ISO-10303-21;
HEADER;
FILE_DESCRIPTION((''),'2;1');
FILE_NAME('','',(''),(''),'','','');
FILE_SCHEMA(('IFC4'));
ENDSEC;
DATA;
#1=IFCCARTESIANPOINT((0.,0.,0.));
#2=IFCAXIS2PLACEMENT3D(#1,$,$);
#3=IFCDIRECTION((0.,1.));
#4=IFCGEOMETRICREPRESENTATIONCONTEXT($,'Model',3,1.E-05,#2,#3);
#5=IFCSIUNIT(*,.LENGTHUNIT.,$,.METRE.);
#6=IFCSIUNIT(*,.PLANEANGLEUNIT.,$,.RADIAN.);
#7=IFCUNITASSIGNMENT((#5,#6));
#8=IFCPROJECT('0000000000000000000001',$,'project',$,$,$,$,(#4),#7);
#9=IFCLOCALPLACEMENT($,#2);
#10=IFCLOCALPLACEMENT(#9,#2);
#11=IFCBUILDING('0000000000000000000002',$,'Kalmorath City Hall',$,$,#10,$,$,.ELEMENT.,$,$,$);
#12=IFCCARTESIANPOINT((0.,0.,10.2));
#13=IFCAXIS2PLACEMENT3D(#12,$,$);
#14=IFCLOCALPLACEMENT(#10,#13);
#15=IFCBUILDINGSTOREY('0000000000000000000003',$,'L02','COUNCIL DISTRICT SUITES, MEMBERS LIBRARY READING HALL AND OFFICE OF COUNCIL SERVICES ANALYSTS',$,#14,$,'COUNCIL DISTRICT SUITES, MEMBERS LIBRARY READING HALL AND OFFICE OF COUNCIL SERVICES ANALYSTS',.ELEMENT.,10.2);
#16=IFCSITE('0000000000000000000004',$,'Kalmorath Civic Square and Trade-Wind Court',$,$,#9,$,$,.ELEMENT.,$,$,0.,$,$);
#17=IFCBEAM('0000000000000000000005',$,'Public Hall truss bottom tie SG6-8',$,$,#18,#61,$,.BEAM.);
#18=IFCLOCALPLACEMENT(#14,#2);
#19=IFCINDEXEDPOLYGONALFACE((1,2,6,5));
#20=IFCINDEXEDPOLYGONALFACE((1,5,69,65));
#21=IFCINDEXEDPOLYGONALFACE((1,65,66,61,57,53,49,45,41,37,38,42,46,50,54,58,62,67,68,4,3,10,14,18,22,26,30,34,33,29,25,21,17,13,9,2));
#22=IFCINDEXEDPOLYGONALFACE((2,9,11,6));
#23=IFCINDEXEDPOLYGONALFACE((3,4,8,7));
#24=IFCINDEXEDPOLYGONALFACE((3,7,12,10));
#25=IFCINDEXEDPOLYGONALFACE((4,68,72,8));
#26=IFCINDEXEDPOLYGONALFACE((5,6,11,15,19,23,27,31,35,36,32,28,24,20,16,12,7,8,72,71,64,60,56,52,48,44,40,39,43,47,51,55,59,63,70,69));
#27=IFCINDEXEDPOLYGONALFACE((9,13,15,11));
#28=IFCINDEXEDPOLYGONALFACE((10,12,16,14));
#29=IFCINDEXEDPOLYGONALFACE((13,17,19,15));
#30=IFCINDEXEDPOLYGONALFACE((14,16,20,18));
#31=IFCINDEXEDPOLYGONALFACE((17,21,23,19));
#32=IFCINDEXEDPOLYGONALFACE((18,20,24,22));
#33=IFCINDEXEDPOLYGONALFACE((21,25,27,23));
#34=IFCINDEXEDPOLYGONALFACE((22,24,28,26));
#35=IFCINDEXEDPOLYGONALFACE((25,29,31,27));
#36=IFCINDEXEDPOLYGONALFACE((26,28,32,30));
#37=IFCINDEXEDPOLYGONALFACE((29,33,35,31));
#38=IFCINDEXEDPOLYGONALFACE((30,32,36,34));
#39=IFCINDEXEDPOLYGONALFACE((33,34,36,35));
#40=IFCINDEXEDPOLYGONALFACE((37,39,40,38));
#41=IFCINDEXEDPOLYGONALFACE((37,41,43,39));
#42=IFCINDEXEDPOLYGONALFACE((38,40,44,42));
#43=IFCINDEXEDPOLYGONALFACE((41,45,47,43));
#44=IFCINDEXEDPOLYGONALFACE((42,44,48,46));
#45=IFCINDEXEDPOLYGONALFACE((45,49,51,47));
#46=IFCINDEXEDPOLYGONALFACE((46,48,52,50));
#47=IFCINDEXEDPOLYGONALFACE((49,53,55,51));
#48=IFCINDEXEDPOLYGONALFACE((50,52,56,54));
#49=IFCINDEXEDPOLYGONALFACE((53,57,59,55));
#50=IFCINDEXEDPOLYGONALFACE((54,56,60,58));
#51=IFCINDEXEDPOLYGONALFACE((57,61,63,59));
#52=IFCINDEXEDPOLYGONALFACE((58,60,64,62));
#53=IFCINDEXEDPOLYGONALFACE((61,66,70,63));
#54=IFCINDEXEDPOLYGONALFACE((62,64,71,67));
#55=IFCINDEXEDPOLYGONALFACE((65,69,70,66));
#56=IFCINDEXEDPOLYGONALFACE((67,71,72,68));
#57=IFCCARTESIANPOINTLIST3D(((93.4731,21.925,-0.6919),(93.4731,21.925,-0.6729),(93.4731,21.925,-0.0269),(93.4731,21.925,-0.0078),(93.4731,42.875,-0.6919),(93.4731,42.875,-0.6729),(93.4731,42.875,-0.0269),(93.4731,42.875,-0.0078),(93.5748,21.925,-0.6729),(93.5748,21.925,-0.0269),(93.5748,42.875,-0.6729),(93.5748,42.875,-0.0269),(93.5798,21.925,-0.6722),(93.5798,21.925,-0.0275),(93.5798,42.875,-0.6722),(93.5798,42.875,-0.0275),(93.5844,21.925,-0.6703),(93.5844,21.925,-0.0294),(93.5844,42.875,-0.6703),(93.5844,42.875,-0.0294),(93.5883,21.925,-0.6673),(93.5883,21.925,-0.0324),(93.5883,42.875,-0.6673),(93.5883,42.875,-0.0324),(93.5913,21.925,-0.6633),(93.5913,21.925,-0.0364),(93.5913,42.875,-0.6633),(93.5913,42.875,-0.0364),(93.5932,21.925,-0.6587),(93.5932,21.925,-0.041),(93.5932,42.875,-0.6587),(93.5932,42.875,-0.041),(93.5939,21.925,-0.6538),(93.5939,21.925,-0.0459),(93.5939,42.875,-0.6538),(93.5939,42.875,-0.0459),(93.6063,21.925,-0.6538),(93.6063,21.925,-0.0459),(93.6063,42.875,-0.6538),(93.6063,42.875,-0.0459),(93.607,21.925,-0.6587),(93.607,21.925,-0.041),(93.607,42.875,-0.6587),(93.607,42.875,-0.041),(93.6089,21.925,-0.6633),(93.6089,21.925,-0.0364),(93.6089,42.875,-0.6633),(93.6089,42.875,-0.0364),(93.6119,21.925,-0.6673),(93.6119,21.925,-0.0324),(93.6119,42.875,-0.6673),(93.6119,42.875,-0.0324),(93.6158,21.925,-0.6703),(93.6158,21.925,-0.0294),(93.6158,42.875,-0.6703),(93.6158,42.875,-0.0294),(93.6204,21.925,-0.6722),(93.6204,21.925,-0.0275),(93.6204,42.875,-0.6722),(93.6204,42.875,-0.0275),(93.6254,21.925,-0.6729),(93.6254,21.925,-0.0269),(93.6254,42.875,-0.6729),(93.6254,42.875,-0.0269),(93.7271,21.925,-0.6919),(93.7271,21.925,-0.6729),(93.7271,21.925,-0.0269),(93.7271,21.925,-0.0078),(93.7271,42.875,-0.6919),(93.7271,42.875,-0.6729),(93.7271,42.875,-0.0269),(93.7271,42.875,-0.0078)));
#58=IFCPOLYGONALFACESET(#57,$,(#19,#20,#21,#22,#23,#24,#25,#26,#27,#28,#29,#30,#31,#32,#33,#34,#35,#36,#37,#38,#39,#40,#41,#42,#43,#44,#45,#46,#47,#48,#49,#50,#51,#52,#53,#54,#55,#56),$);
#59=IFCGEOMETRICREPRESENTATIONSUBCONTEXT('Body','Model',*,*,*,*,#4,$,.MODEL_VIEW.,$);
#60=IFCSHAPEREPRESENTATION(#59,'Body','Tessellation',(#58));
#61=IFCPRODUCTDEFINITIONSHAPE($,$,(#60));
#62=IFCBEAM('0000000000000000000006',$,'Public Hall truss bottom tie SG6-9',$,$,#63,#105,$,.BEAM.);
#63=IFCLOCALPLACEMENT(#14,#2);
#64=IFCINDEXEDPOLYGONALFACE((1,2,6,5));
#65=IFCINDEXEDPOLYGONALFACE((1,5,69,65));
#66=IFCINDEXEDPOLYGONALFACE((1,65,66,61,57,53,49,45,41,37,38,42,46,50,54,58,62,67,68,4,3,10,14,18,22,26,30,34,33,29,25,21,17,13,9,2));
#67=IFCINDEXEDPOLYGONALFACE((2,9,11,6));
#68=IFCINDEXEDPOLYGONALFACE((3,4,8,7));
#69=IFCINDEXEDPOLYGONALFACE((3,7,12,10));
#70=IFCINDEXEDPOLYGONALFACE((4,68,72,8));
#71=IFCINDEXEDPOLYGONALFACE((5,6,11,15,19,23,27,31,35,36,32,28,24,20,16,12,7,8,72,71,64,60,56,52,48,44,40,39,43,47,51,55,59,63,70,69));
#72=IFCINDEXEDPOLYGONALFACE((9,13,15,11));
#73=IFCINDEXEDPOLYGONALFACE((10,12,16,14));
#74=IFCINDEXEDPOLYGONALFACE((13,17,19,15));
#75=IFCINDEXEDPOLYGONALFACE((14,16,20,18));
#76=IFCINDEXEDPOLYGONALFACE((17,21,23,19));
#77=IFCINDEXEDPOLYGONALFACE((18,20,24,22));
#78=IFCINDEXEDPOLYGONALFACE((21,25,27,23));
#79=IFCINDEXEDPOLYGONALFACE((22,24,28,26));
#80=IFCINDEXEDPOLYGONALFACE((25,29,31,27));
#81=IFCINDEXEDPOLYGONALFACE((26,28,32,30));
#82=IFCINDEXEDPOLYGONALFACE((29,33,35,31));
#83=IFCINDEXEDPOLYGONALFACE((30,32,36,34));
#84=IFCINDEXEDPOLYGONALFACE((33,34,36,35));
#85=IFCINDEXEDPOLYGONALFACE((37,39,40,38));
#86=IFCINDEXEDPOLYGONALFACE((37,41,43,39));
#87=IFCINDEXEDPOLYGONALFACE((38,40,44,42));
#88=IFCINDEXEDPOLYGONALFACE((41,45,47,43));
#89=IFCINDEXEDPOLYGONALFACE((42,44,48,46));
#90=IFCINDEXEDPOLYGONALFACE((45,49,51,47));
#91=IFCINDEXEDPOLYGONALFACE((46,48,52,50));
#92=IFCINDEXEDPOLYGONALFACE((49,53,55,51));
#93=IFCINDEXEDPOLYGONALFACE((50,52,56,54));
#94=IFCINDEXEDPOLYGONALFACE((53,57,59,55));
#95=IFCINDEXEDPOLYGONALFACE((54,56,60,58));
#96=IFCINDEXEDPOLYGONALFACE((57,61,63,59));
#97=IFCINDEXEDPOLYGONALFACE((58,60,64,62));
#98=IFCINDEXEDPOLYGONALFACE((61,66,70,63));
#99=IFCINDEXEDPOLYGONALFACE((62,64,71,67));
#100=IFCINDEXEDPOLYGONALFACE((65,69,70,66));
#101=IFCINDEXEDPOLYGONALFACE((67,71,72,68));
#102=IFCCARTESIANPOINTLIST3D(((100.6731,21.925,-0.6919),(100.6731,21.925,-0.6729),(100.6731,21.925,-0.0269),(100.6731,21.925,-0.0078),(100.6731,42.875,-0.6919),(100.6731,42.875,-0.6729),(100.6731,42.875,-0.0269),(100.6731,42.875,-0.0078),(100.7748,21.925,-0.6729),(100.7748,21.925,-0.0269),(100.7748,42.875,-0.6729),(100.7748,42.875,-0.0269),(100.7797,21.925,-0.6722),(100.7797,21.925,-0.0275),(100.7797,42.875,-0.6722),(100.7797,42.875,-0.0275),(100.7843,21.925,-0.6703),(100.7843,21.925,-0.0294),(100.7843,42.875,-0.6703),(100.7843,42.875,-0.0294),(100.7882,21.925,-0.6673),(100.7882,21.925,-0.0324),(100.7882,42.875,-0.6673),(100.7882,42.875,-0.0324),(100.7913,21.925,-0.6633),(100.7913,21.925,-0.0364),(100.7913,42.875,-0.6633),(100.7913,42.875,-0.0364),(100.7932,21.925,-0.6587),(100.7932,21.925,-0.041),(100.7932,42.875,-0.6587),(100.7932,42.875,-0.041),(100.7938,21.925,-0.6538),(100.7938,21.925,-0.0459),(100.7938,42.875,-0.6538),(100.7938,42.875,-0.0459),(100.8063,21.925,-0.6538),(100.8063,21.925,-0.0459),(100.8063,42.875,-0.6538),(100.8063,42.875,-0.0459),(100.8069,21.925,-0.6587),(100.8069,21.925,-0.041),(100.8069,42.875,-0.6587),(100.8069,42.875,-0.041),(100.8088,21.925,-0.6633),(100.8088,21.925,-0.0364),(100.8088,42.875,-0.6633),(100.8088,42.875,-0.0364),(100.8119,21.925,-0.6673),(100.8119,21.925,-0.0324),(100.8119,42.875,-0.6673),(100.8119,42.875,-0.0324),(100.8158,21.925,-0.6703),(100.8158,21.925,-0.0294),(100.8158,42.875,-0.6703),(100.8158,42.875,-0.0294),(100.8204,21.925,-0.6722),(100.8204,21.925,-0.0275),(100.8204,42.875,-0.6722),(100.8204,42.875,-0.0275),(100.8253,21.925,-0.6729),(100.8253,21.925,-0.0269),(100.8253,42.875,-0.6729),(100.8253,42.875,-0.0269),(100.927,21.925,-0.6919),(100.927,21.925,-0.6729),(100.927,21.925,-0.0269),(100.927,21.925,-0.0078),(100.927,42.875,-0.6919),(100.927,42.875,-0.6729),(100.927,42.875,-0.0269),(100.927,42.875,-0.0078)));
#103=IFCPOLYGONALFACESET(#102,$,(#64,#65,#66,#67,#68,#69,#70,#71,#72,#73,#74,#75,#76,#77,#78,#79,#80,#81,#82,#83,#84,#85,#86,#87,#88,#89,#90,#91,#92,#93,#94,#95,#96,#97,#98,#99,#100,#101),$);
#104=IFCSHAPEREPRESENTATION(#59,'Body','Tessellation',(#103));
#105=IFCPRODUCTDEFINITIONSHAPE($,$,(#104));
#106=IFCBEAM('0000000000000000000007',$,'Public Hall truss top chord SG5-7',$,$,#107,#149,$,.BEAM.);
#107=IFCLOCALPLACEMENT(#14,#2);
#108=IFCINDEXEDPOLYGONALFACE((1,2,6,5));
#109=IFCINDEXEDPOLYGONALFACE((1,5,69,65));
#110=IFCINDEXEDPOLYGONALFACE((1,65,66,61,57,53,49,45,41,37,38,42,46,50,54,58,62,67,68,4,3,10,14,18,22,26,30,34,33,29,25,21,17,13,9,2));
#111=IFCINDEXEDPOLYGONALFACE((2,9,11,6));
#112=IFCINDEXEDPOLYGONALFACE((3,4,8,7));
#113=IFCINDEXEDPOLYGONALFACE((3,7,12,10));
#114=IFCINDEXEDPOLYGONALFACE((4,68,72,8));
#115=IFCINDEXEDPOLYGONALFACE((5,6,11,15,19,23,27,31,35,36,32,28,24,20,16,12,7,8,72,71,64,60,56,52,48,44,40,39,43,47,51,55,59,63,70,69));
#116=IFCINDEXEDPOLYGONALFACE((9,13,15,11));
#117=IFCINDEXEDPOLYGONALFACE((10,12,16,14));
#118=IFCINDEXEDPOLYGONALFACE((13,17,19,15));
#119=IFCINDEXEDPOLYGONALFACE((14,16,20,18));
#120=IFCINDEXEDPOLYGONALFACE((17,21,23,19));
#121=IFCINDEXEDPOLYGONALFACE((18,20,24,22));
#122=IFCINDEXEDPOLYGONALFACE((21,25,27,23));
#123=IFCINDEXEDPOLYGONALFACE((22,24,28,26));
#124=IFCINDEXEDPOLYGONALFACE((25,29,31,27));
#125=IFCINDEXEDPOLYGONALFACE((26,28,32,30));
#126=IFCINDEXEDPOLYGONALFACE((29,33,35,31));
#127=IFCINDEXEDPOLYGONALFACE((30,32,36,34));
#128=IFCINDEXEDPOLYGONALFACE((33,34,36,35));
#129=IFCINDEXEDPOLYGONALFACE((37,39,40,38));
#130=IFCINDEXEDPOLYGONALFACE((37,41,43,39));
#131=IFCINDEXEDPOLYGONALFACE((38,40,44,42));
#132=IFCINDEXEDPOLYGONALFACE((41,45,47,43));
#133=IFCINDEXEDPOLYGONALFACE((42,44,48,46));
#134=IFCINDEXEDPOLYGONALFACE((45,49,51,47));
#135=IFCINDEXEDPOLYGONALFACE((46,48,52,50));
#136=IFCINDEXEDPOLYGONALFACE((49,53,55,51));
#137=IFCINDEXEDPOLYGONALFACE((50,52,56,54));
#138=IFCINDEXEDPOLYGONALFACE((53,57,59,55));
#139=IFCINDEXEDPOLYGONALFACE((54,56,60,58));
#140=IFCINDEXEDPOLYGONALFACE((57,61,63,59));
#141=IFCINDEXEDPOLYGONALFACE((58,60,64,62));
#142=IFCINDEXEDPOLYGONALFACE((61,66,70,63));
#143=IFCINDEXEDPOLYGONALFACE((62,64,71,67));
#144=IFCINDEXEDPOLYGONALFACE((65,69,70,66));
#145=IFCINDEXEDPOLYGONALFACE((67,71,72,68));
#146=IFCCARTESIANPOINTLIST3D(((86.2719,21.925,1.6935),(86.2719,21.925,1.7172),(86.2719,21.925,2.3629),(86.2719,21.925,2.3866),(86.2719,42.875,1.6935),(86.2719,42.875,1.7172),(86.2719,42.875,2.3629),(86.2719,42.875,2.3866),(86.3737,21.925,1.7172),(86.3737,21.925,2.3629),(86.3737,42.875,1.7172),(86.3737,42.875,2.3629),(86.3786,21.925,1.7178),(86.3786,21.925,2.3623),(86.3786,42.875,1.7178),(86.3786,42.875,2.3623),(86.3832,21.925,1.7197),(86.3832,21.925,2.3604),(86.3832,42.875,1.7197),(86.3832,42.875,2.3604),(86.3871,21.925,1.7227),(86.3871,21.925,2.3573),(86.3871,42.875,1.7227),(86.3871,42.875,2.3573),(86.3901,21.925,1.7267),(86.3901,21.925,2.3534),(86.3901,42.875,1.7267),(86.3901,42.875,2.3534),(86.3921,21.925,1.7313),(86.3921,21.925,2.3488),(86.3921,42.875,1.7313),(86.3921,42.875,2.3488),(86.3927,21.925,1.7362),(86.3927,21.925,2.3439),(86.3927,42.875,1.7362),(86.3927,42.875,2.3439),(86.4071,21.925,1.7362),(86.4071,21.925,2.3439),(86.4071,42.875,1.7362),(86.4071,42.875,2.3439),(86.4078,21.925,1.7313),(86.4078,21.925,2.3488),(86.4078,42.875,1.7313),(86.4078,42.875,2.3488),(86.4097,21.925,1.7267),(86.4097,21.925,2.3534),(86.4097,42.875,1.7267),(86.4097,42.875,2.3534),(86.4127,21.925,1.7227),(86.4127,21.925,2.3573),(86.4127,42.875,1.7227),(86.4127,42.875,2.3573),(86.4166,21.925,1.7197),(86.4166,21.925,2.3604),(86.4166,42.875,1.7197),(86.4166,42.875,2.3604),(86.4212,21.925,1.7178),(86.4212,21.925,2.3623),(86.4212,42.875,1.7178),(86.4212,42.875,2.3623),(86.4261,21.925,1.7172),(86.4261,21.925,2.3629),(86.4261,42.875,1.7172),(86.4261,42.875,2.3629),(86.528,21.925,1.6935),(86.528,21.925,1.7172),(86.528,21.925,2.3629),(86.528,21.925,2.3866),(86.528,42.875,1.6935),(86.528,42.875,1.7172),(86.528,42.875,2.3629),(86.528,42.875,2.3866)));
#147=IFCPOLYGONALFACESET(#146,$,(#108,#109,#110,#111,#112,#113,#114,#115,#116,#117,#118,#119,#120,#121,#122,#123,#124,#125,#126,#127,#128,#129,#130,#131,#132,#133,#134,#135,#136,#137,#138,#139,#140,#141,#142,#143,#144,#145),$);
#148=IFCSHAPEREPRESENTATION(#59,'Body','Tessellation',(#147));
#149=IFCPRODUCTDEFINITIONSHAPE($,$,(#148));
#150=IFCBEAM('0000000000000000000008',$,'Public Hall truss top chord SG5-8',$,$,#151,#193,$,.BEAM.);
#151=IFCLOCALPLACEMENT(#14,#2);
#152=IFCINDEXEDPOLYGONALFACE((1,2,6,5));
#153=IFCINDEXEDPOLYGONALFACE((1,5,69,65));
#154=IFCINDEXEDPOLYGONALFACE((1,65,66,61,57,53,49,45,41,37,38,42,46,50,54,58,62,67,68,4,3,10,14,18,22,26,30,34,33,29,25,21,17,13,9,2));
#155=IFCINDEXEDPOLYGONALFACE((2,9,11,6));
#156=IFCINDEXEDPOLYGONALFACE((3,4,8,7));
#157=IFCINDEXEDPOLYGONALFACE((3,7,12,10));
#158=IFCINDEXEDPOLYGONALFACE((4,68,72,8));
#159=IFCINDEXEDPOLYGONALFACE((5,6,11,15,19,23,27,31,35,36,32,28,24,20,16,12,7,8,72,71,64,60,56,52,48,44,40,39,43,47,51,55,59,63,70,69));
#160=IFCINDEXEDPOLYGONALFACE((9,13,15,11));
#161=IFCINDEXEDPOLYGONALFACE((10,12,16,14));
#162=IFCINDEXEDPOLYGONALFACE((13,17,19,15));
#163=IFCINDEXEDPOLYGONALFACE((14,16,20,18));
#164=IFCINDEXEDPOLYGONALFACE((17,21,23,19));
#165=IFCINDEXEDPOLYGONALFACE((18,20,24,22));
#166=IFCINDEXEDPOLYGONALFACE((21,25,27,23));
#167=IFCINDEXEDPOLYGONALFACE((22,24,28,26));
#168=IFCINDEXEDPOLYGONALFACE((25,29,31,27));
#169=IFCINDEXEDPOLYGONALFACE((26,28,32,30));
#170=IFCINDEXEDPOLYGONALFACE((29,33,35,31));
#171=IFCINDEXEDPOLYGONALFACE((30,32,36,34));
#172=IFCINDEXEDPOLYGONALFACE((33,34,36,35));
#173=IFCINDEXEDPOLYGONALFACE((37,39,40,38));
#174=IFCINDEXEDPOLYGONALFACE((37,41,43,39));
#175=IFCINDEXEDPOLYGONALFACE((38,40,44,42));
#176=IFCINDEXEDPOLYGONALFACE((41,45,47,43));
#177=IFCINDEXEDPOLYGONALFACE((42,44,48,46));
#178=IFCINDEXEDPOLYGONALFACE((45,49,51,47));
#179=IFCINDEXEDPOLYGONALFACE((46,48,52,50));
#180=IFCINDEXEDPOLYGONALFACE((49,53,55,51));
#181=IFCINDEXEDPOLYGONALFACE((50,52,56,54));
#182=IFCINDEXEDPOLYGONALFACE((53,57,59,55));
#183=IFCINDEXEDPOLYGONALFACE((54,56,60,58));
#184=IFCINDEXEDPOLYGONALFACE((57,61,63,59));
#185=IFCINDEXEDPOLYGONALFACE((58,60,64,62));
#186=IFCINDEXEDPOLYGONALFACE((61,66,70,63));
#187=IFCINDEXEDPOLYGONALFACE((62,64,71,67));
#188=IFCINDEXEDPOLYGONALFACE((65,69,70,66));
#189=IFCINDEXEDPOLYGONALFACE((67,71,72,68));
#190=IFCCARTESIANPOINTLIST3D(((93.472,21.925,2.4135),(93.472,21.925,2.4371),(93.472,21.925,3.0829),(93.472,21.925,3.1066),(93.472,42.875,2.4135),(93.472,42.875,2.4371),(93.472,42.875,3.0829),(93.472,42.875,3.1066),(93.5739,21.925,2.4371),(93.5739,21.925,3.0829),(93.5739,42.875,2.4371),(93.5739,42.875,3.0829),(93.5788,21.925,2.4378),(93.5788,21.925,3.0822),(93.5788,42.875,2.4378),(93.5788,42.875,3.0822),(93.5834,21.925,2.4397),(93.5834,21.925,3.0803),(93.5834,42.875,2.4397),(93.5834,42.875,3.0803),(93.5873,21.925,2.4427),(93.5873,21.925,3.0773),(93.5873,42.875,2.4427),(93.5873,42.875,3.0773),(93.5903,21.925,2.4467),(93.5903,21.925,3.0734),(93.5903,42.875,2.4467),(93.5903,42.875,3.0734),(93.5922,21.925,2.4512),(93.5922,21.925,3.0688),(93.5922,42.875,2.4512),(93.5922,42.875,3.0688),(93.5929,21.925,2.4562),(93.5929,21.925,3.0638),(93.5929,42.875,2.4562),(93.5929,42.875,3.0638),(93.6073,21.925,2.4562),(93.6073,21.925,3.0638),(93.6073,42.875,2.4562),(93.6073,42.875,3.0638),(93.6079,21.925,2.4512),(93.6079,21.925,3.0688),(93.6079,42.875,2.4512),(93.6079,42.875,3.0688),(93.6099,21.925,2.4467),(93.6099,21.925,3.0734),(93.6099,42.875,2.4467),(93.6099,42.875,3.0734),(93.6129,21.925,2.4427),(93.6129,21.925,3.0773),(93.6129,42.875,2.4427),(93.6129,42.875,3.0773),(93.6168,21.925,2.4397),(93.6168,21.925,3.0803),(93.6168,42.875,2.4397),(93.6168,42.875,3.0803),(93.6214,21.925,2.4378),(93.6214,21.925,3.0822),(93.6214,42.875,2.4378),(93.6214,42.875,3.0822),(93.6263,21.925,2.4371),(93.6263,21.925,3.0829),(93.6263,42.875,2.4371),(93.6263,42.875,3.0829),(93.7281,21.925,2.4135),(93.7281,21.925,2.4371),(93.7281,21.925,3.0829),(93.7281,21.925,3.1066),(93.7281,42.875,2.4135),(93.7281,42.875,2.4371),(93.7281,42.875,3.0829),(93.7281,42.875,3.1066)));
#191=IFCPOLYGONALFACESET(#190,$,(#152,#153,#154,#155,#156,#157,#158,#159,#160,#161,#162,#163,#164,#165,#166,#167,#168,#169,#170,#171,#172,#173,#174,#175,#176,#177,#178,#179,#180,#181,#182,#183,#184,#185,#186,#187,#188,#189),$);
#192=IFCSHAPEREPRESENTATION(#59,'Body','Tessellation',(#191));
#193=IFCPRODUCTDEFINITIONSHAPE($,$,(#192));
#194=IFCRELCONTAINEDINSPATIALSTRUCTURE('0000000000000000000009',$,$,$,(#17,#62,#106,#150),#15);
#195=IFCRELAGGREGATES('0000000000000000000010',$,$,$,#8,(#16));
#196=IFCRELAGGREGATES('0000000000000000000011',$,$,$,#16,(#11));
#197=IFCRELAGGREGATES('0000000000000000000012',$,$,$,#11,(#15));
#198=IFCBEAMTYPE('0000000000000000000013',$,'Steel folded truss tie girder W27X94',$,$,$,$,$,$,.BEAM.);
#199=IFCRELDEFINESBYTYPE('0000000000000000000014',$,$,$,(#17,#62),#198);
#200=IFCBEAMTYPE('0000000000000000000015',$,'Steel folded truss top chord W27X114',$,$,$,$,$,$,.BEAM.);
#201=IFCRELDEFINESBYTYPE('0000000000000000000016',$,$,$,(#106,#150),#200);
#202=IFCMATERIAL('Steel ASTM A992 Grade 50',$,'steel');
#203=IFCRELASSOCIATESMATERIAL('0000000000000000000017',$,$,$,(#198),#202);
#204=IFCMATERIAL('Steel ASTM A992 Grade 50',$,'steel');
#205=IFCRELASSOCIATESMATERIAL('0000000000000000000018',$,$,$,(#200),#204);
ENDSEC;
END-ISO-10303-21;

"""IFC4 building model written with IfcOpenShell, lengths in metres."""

from ifc_helpers import new_model, si_unit, direction, frame, origin, origin_2d, place, context, subcontext, project, spatial, i_section, extrude, material, material_profile, profile_set, type_object, element, save


model = new_model("IFC4")

# Units and contexts
model_context = context("Model", 3, precision=1e-05, world=origin(), true_north=direction((0.0, 1.0)))
body_context = subcontext(model_context, "Body", "Model", "MODEL_VIEW")
ifc_project = project(units=[si_unit("LENGTHUNIT", "METRE"), si_unit("PLANEANGLEUNIT", "RADIAN")], contexts=[model_context])

# Site, building, storey
site_placement = place(None, origin())
site = spatial("IfcSite", under=ifc_project, at=site_placement, Name="Kalmorath Civic Square and Trade-Wind Court", CompositionType="ELEMENT", RefElevation=0.0)
building_placement = place(site_placement, origin())
building = spatial("IfcBuilding", under=site, at=building_placement, Name="Kalmorath City Hall", CompositionType="ELEMENT")
storey_placement = place(building_placement, frame((0.0, 0.0, 10.2)))
storey = spatial("IfcBuildingStorey", under=building, at=storey_placement, Name="L02", Description="COUNCIL DISTRICT SUITES, MEMBERS LIBRARY READING HALL AND OFFICE OF COUNCIL SERVICES ANALYSTS", LongName="COUNCIL DISTRICT SUITES, MEMBERS LIBRARY READING HALL AND OFFICE OF COUNCIL SERVICES ANALYSTS", CompositionType="ELEMENT", Elevation=10.2)

# Beams
ifc_material_1 = material(Name="Steel ASTM A992 Grade 50", Category="steel")
ifc_material_profile_1 = material_profile(ifc_material_1, i_section(OverallWidth=0.2539, OverallDepth=0.6841, WebThickness=0.0125, FlangeThickness=0.019, FilletRadius=0.019, at=origin_2d()), Name="W27X94")
ifc_profile_set_1 = profile_set([ifc_material_profile_1], Name="Steel ASTM A992 Grade 50")
beam_type_1 = type_object("IfcBeamType", Name="Steel folded truss tie girder W27X94", PredefinedType="BEAM", material=ifc_profile_set_1)
for number, where, z_axis, x_axis, name in (
    (1, (93.6001, 21.925, -0.3499), (0.0, 1.0, 0.0), (-1.0, 0.0, 0.0), "Public Hall truss bottom tie SG6-8"),
    (2, (100.8, 21.925, -0.3499), (0.0, 1.0, 0.0), (-1.0, 0.0, 0.0), "Public Hall truss bottom tie SG6-9"),
):
    element("IfcBeam", number, at=place(storey_placement, frame(where, z_axis=z_axis, x_axis=x_axis)), inside=storey, type_object=beam_type_1, Name=name, PredefinedType="BEAM", context=body_context, shape_type="SweptSolid", body=[
        extrude(i_section(OverallWidth=0.2539, OverallDepth=0.6841, WebThickness=0.0125, FlangeThickness=0.019, FilletRadius=0.019, at=origin_2d()), origin(), (0.0, 0.0, 1.0), 20.95),
    ])
ifc_material_2 = material(Name="Steel ASTM A992 Grade 50", Category="steel")
ifc_material_profile_2 = material_profile(ifc_material_2, i_section(OverallWidth=0.2561, OverallDepth=0.6931, WebThickness=0.0144, FlangeThickness=0.0237, FilletRadius=0.019, at=origin_2d()), Name="W27X114")
ifc_profile_set_2 = profile_set([ifc_material_profile_2], Name="Steel ASTM A992 Grade 50")
beam_type_2 = type_object("IfcBeamType", Name="Steel folded truss top chord W27X114", PredefinedType="BEAM", material=ifc_profile_set_2)
for number, where, z_axis, x_axis, name in (
    (3, (86.3999, 21.925, 2.04), (0.0, 1.0, 0.0), (-1.0, 0.0, 0.0), "Public Hall truss top chord SG5-7"),
    (4, (93.6001, 21.925, 2.76), (0.0, 1.0, 0.0), (-1.0, 0.0, 0.0), "Public Hall truss top chord SG5-8"),
):
    element("IfcBeam", number, at=place(storey_placement, frame(where, z_axis=z_axis, x_axis=x_axis)), inside=storey, type_object=beam_type_2, Name=name, PredefinedType="BEAM", context=body_context, shape_type="SweptSolid", body=[
        extrude(i_section(OverallWidth=0.2561, OverallDepth=0.6931, WebThickness=0.0144, FlangeThickness=0.0237, FilletRadius=0.019, at=origin_2d()), origin(), (0.0, 0.0, 1.0), 20.95),
    ])

save(model, "model.ifc")
